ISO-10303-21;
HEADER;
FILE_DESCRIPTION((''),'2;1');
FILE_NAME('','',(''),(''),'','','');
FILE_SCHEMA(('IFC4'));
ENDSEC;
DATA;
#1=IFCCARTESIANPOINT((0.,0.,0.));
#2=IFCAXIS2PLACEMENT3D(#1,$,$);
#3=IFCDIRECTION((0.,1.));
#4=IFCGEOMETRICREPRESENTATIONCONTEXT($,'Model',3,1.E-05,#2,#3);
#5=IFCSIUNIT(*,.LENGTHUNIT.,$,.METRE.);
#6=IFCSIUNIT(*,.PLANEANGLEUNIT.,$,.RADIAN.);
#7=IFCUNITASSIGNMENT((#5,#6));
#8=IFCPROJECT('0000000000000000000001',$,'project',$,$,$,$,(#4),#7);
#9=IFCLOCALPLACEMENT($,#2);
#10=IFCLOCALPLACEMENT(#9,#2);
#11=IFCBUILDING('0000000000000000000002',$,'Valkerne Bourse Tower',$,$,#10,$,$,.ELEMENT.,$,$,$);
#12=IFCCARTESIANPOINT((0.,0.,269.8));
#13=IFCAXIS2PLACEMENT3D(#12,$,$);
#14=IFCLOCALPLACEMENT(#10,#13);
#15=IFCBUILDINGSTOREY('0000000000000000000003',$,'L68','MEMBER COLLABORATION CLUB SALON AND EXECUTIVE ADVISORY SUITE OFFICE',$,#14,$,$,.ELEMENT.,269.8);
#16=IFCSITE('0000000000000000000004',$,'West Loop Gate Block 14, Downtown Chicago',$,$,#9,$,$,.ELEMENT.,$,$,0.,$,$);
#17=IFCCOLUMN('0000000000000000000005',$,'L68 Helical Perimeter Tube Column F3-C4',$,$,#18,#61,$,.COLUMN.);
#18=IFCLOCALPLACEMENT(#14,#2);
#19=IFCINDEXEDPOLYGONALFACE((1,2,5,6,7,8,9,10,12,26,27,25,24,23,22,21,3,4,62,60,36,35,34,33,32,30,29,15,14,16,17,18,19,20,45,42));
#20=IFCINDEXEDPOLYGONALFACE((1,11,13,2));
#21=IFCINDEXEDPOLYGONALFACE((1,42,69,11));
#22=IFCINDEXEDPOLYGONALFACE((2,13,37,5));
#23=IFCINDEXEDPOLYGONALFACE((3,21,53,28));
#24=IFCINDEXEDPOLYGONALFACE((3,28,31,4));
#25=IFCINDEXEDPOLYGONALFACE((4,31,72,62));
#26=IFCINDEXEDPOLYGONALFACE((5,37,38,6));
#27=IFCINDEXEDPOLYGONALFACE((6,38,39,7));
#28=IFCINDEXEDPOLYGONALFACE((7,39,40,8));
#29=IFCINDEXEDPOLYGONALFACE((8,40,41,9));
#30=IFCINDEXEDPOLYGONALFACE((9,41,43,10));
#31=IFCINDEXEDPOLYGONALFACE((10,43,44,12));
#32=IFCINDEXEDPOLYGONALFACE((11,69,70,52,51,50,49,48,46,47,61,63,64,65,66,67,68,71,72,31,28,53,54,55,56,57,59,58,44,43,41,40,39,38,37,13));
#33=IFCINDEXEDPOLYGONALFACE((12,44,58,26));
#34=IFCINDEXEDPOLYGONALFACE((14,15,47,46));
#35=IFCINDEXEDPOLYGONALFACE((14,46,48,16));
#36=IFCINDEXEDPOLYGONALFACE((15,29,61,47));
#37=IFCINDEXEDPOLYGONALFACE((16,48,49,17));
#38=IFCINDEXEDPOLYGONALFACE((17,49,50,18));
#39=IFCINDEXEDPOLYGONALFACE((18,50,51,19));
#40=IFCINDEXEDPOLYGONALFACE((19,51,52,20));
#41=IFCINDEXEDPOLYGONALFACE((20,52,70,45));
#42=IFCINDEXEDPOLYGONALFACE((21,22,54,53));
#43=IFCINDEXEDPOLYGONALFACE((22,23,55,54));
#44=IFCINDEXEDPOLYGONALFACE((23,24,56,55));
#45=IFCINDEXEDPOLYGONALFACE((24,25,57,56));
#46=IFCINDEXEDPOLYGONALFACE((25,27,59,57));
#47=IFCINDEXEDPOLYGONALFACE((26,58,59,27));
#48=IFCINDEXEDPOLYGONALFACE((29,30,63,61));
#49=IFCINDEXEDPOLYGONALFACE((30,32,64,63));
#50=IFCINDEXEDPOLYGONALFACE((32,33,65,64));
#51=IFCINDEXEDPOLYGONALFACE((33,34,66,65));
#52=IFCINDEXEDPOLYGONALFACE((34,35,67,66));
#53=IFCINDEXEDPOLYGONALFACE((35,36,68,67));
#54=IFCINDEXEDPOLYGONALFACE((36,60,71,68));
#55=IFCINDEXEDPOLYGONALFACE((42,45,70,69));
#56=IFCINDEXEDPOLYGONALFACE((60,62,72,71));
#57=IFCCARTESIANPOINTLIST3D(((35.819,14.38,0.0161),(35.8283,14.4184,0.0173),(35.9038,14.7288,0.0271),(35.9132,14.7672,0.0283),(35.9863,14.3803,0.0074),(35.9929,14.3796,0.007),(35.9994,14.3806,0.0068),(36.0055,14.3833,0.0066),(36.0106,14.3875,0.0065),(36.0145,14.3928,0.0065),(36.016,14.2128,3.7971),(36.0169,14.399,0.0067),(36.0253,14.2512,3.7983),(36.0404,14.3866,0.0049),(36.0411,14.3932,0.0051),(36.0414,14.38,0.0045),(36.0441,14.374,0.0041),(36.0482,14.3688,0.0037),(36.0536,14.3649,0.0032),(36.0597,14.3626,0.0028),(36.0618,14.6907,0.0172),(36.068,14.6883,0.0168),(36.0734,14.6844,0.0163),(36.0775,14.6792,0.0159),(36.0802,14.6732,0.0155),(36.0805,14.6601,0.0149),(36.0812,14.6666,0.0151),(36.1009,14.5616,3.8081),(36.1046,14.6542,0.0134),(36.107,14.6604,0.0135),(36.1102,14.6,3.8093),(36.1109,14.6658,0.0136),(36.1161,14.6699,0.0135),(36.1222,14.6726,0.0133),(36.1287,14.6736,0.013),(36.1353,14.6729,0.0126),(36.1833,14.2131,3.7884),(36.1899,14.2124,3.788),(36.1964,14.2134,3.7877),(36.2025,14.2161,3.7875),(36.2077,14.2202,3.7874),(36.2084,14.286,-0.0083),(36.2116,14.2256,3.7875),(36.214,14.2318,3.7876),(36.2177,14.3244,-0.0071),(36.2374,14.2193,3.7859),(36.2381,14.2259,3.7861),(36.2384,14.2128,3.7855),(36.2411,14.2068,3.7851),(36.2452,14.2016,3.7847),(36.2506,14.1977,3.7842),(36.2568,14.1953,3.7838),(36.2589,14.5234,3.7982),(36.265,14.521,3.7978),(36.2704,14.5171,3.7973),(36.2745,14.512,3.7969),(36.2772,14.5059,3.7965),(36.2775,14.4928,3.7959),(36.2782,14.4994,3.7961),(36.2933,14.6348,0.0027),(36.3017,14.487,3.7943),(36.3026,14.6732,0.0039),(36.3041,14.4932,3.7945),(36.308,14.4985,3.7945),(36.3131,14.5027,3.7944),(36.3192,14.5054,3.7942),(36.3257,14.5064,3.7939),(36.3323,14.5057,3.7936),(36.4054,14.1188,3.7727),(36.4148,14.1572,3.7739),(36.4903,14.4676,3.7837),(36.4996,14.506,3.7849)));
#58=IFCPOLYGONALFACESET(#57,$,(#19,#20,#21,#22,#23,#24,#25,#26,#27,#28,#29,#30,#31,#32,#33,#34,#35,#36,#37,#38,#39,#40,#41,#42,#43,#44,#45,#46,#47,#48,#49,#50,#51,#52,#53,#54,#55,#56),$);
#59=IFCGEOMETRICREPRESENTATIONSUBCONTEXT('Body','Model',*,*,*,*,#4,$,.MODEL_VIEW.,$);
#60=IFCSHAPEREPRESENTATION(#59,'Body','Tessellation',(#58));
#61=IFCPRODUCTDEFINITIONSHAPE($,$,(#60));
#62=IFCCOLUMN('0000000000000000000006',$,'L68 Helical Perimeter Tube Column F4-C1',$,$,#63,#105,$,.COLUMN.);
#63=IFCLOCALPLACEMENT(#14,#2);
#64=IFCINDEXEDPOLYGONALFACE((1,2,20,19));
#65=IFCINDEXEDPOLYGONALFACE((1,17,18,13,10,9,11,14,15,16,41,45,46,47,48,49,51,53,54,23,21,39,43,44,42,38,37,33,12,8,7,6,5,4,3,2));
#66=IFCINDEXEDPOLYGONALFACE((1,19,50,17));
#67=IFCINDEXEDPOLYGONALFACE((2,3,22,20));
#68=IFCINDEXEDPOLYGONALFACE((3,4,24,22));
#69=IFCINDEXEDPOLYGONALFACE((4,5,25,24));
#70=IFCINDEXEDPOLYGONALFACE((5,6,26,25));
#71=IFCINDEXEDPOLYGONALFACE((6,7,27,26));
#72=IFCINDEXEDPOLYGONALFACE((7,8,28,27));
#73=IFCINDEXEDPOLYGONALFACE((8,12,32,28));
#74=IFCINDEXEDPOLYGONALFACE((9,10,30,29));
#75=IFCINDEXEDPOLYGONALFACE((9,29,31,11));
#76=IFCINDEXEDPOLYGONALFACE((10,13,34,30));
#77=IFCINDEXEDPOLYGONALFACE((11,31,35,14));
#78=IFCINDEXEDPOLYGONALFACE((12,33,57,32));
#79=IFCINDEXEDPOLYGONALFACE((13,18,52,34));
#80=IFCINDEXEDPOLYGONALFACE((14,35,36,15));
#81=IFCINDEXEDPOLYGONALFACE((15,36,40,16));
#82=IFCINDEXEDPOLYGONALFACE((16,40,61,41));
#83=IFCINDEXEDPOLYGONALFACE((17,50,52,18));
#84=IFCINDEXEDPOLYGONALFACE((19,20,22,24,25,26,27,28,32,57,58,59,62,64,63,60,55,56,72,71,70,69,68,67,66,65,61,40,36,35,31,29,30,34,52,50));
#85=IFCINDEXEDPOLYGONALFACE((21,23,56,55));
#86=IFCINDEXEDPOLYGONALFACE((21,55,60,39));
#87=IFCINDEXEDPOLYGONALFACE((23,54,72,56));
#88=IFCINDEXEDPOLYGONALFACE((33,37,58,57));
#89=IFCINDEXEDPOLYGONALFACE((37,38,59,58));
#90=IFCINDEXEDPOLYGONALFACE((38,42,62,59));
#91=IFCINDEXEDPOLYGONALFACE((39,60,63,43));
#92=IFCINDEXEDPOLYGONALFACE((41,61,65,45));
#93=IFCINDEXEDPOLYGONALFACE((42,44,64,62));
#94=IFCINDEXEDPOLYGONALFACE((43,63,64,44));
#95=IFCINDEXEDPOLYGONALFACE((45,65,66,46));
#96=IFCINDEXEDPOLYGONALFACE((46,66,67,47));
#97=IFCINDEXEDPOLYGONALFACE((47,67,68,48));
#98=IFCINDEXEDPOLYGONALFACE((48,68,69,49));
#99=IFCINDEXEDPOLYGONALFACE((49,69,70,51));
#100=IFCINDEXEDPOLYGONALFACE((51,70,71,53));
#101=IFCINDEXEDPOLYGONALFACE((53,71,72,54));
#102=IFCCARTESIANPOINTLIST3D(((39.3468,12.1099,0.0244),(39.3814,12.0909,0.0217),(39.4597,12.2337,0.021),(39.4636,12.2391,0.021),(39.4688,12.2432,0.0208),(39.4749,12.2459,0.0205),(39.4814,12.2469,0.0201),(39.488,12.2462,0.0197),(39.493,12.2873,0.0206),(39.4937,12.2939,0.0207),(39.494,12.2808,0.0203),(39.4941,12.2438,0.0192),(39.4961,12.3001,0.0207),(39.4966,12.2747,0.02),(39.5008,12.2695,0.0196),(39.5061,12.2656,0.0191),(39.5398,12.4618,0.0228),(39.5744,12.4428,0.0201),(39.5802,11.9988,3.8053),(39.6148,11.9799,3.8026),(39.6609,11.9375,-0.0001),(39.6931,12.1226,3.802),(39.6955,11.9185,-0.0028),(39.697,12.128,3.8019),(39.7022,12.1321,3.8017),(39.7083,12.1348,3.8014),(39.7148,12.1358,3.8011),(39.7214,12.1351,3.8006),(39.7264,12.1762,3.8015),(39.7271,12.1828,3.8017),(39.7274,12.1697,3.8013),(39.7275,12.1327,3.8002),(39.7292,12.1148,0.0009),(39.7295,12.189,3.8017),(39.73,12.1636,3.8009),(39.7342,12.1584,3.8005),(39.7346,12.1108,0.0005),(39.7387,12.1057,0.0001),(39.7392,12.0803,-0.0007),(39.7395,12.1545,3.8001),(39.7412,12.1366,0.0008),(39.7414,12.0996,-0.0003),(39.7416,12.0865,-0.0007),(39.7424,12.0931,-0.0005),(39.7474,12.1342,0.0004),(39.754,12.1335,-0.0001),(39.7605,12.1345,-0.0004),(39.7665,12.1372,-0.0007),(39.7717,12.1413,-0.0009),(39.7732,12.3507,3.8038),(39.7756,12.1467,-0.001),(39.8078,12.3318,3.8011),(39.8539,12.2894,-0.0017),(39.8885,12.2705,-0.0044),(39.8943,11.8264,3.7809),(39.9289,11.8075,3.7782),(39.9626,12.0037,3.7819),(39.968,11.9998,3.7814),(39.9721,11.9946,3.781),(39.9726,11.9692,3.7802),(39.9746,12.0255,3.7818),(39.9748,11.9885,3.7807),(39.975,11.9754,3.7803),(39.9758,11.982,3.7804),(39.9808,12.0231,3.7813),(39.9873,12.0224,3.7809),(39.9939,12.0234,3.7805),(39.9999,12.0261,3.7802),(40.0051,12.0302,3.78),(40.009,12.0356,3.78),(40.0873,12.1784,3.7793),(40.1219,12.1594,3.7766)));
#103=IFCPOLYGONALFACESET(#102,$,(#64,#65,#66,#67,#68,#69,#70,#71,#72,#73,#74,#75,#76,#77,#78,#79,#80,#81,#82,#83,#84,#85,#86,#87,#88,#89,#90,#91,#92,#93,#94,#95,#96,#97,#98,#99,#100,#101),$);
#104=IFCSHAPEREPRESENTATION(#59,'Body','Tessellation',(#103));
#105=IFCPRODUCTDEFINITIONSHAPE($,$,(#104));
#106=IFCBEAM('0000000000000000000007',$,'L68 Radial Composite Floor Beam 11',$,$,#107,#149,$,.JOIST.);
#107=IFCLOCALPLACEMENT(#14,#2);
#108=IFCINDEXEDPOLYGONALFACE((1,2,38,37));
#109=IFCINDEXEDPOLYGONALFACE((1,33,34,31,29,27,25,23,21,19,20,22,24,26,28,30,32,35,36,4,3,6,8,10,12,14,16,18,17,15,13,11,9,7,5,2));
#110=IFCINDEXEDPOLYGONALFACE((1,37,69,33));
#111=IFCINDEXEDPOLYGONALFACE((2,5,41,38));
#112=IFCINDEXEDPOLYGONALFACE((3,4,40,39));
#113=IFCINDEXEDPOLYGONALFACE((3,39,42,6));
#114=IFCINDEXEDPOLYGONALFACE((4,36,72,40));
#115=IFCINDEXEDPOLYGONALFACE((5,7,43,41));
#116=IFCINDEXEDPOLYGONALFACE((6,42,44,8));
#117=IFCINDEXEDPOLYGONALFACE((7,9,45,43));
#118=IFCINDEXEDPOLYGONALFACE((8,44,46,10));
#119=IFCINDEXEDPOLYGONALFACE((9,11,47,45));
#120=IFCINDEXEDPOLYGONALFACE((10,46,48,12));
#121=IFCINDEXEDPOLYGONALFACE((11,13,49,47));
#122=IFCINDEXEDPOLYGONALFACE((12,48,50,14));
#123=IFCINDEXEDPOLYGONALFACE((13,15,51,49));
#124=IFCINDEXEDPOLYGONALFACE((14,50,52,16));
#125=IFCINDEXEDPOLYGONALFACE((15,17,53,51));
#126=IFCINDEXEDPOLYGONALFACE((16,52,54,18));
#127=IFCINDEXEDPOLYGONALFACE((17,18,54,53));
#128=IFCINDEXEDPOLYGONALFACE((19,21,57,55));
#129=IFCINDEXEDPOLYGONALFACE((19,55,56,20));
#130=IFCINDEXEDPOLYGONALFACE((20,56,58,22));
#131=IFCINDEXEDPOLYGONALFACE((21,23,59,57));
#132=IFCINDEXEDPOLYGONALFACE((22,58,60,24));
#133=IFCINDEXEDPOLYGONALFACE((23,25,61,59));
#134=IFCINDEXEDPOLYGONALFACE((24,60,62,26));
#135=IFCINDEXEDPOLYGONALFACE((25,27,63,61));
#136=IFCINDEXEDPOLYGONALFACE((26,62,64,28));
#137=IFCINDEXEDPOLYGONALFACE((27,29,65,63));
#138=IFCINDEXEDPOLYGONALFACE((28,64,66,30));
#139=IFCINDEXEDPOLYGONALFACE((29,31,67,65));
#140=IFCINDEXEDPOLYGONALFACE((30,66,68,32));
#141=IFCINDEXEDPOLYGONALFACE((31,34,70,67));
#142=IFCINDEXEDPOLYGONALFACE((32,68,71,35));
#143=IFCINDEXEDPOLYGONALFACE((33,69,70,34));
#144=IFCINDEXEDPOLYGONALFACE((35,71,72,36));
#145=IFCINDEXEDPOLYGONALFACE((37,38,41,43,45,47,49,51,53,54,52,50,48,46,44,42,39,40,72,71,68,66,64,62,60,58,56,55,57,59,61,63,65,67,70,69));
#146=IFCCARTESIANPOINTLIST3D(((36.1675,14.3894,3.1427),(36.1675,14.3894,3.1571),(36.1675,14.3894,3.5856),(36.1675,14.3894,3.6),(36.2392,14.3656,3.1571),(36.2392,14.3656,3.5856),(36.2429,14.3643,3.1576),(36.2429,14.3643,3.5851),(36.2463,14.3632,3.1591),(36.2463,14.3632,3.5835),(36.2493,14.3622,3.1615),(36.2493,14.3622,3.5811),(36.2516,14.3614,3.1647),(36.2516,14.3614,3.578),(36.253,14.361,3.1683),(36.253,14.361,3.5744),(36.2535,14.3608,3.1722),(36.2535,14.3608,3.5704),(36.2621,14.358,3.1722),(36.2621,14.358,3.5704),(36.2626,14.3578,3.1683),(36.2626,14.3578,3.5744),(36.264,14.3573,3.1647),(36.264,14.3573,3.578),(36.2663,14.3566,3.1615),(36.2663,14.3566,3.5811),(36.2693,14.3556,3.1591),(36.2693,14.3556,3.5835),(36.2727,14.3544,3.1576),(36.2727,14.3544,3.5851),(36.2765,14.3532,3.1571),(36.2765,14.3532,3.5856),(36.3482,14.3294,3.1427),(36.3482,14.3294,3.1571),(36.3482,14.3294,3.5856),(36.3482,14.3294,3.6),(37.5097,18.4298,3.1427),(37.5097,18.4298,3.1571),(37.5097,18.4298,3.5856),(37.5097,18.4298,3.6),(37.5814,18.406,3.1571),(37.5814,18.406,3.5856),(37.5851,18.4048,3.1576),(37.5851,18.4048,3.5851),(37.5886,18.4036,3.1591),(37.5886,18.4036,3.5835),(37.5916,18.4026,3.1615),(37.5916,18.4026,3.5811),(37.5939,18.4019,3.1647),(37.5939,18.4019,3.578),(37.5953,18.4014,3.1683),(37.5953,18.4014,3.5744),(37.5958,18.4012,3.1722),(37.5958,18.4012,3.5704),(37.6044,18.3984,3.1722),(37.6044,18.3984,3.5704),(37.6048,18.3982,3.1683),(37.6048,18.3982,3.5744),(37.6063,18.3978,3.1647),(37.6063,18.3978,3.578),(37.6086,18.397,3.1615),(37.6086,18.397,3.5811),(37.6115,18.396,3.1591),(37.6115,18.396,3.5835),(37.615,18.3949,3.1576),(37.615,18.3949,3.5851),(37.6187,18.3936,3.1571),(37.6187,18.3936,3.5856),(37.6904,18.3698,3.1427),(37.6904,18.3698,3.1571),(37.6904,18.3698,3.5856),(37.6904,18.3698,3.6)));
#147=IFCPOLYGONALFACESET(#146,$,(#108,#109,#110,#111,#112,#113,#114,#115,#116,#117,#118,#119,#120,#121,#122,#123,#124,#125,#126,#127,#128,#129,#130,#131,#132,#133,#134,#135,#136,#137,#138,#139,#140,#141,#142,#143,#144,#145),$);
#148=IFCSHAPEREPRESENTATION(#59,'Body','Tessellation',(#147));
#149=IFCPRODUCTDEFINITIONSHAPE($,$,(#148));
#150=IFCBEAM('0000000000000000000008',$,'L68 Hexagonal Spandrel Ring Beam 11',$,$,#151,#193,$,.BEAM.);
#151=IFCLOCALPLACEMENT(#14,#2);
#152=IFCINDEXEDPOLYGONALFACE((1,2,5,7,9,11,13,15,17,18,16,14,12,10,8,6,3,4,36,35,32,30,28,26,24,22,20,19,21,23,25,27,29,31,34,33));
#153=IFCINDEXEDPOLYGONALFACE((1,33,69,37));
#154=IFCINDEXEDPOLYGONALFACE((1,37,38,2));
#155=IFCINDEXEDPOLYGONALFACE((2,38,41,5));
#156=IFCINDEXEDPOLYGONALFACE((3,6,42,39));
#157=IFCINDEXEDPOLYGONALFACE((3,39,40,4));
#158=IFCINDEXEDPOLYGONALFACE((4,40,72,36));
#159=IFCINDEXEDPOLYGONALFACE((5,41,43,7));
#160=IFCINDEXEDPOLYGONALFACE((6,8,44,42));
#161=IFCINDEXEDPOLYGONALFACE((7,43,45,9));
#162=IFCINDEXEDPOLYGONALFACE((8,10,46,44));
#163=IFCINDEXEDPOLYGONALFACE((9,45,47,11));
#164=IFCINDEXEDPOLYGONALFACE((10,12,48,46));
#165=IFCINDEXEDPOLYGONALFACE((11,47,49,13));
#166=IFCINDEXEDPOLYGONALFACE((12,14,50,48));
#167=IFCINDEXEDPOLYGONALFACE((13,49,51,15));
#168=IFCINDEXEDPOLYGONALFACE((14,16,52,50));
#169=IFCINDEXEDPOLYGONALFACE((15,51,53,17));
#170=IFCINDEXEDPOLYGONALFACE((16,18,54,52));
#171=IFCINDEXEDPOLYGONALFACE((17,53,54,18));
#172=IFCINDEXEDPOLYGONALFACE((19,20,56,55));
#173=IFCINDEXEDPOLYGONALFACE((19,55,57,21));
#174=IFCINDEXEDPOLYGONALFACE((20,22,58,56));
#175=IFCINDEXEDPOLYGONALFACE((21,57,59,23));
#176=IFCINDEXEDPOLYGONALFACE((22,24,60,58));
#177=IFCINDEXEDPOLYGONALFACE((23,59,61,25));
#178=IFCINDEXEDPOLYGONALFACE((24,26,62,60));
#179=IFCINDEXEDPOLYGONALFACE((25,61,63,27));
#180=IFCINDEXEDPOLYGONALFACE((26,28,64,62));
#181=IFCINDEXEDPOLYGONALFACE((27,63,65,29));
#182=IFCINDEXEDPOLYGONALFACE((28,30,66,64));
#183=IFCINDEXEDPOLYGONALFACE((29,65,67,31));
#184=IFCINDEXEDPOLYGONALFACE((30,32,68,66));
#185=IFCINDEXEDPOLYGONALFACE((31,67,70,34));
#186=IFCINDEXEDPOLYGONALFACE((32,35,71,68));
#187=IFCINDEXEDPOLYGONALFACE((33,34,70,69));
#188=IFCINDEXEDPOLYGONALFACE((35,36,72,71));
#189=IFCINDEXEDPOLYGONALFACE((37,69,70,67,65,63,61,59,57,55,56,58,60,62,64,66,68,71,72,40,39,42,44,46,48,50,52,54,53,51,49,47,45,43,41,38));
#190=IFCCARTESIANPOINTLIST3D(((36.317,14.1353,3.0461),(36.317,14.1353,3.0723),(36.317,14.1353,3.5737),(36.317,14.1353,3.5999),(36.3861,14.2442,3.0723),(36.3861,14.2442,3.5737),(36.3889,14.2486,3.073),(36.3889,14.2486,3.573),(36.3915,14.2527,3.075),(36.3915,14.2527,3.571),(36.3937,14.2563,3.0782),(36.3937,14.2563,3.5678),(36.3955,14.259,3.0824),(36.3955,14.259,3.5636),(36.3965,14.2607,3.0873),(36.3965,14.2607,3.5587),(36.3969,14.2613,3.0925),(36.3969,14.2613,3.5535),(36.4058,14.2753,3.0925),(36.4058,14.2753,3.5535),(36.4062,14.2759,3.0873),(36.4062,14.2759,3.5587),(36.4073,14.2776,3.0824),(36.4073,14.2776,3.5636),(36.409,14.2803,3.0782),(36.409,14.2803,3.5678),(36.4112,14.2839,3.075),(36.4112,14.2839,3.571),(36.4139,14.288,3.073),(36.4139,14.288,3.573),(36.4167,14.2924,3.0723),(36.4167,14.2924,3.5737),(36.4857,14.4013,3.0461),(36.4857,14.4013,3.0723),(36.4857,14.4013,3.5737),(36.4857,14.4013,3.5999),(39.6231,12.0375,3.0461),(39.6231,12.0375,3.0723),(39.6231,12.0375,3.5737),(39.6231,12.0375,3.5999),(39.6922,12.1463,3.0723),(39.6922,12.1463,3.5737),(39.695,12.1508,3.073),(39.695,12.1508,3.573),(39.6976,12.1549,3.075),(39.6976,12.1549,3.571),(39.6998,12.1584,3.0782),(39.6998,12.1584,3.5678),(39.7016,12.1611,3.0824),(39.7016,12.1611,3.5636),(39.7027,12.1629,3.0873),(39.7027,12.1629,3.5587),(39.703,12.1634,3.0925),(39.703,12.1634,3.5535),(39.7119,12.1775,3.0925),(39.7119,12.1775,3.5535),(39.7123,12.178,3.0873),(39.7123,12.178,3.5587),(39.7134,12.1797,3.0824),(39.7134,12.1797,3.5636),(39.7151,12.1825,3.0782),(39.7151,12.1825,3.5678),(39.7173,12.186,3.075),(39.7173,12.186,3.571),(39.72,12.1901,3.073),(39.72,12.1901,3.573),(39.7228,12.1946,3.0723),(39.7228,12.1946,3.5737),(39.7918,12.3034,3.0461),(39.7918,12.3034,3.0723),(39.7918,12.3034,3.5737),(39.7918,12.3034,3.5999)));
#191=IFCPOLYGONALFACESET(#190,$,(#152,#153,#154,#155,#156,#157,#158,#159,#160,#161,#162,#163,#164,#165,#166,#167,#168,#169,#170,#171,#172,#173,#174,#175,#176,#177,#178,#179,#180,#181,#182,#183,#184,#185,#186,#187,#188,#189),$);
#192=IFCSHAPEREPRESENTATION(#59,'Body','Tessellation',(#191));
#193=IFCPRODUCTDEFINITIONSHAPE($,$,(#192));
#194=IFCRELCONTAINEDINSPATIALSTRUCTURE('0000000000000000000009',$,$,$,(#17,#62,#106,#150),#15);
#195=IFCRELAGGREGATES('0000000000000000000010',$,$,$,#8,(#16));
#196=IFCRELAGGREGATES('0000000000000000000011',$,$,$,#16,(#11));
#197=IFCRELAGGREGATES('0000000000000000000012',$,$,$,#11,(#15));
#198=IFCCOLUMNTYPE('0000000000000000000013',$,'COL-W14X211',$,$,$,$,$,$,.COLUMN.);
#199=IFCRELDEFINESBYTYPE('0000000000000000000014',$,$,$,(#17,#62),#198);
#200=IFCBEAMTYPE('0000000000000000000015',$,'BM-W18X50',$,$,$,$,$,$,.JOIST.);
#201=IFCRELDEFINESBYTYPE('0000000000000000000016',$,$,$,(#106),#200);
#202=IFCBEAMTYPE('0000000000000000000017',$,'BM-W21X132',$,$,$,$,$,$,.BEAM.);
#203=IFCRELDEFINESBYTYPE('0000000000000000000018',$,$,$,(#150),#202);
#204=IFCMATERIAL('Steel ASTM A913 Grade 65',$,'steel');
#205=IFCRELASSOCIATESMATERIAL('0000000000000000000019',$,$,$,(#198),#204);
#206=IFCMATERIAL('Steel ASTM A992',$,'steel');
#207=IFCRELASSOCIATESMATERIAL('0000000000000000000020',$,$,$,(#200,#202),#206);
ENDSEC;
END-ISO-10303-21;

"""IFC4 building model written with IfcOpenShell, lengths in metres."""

from ifc_helpers import new_model, si_unit, direction, frame, origin, origin_2d, place, context, subcontext, project, spatial, i_section, extrude, material, material_profile, profile_set, type_object, element, save


model = new_model("IFC4")

# Units and contexts
model_context = context("Model", 3, precision=1e-05, world=origin(), true_north=direction((0.0, 1.0)))
body_context = subcontext(model_context, "Body", "Model", "MODEL_VIEW")
ifc_project = project(units=[si_unit("LENGTHUNIT", "METRE"), si_unit("PLANEANGLEUNIT", "RADIAN")], contexts=[model_context])

# Site, building, storey
site_placement = place(None, origin())
site = spatial("IfcSite", under=ifc_project, at=site_placement, Name="West Loop Gate Block 14, Downtown Chicago", CompositionType="ELEMENT", RefElevation=0.0)
building_placement = place(site_placement, origin())
building = spatial("IfcBuilding", under=site, at=building_placement, Name="Valkerne Bourse Tower", CompositionType="ELEMENT")
storey_placement = place(building_placement, frame((0.0, 0.0, 269.8)))
storey = spatial("IfcBuildingStorey", under=building, at=storey_placement, Name="L68", Description="MEMBER COLLABORATION CLUB SALON AND EXECUTIVE ADVISORY SUITE OFFICE", CompositionType="ELEMENT", Elevation=269.8)

# Columns
ifc_material_1 = material(Name="Steel ASTM A913 Grade 65", Category="steel")
ifc_material_profile_1 = material_profile(ifc_material_1, i_section(OverallWidth=0.4014, OverallDepth=0.3987, WebThickness=0.0249, FlangeThickness=0.0396, FilletRadius=0.0254, at=origin_2d()), Name="W14X211")
ifc_profile_set_1 = profile_set([ifc_material_profile_1], Name="Steel ASTM A913 Grade 65")
column_type = type_object("IfcColumnType", Name="COL-W14X211", PredefinedType="COLUMN", material=ifc_profile_set_1)
for number, where, z_axis, x_axis, name in (
    (1, (36.0608, 14.5266, 0.01), (0.051987, -0.044128, 0.997672), (0.970271, -0.234227, -0.060919), "L68 Helical Perimeter Tube Column F3-C4"),
    (2, (39.6177, 12.1902, 0.01), (0.061585, -0.029311, 0.997671), (0.480894, 0.87677, -0.003926), "L68 Helical Perimeter Tube Column F4-C1"),
):
    element("IfcColumn", number, at=place(storey_placement, frame(where, z_axis=z_axis, x_axis=x_axis)), inside=storey, type_object=column_type, Name=name, PredefinedType="COLUMN", context=body_context, shape_type="SweptSolid", body=[
        extrude(i_section(OverallWidth=0.4014, OverallDepth=0.3987, WebThickness=0.0249, FlangeThickness=0.0396, FilletRadius=0.0254, at=origin_2d()), origin(), (0.0, 0.0, 1.0), 3.7898),
    ])

# Beams
ifc_material_2 = material(Name="Steel ASTM A992", Category="steel")
ifc_material_profile_2 = material_profile(ifc_material_2, i_section(OverallWidth=0.1904, OverallDepth=0.4573, WebThickness=0.009, FlangeThickness=0.0144, FilletRadius=0.0151, at=origin_2d()), Name="W18X50")
ifc_profile_set_2 = profile_set([ifc_material_profile_2], Name="Steel ASTM A992")
beam_type_1 = type_object("IfcBeamType", Name="BM-W18X50", PredefinedType="JOIST", material=ifc_profile_set_2)
beam_1_placement = place(storey_placement, frame((36.2578, 14.3594, 3.3713), z_axis=(0.315264, 0.949004, 0.0), x_axis=(-0.949004, 0.315264, 0.0)))
element("IfcBeam", 3, at=beam_1_placement, inside=storey, type_object=beam_type_1, Name="L68 Radial Composite Floor Beam 11", PredefinedType="JOIST", context=body_context, shape_type="SweptSolid", body=[
    extrude(i_section(OverallWidth=0.1904, OverallDepth=0.4573, WebThickness=0.009, FlangeThickness=0.0144, FilletRadius=0.0151, at=origin_2d()), origin(), (0.0, 0.0, 1.0), 4.2576),
])
ifc_material_profile_3 = material_profile(ifc_material_2, i_section(OverallWidth=0.3149, OverallDepth=0.5537, WebThickness=0.0166, FlangeThickness=0.0261, FilletRadius=0.0203, at=origin_2d()), Name="W21X132")
ifc_profile_set_3 = profile_set([ifc_material_profile_3], Name="Steel ASTM A992")
beam_type_2 = type_object("IfcBeamType", Name="BM-W21X132", PredefinedType="BEAM", material=ifc_profile_set_3)
beam_2_placement = place(storey_placement, frame((36.4014, 14.2683, 3.323), z_axis=(0.844357, -0.535782, 0.0), x_axis=(0.535782, 0.844357, 0.0)))
element("IfcBeam", 4, at=beam_2_placement, inside=storey, type_object=beam_type_2, Name="L68 Hexagonal Spandrel Ring Beam 11", PredefinedType="BEAM", context=body_context, shape_type="SweptSolid", body=[
    extrude(i_section(OverallWidth=0.3149, OverallDepth=0.5537, WebThickness=0.0166, FlangeThickness=0.0261, FilletRadius=0.0203, at=origin_2d()), origin(), (0.0, 0.0, 1.0), 3.9155),
])

save(model, "model.ifc")
